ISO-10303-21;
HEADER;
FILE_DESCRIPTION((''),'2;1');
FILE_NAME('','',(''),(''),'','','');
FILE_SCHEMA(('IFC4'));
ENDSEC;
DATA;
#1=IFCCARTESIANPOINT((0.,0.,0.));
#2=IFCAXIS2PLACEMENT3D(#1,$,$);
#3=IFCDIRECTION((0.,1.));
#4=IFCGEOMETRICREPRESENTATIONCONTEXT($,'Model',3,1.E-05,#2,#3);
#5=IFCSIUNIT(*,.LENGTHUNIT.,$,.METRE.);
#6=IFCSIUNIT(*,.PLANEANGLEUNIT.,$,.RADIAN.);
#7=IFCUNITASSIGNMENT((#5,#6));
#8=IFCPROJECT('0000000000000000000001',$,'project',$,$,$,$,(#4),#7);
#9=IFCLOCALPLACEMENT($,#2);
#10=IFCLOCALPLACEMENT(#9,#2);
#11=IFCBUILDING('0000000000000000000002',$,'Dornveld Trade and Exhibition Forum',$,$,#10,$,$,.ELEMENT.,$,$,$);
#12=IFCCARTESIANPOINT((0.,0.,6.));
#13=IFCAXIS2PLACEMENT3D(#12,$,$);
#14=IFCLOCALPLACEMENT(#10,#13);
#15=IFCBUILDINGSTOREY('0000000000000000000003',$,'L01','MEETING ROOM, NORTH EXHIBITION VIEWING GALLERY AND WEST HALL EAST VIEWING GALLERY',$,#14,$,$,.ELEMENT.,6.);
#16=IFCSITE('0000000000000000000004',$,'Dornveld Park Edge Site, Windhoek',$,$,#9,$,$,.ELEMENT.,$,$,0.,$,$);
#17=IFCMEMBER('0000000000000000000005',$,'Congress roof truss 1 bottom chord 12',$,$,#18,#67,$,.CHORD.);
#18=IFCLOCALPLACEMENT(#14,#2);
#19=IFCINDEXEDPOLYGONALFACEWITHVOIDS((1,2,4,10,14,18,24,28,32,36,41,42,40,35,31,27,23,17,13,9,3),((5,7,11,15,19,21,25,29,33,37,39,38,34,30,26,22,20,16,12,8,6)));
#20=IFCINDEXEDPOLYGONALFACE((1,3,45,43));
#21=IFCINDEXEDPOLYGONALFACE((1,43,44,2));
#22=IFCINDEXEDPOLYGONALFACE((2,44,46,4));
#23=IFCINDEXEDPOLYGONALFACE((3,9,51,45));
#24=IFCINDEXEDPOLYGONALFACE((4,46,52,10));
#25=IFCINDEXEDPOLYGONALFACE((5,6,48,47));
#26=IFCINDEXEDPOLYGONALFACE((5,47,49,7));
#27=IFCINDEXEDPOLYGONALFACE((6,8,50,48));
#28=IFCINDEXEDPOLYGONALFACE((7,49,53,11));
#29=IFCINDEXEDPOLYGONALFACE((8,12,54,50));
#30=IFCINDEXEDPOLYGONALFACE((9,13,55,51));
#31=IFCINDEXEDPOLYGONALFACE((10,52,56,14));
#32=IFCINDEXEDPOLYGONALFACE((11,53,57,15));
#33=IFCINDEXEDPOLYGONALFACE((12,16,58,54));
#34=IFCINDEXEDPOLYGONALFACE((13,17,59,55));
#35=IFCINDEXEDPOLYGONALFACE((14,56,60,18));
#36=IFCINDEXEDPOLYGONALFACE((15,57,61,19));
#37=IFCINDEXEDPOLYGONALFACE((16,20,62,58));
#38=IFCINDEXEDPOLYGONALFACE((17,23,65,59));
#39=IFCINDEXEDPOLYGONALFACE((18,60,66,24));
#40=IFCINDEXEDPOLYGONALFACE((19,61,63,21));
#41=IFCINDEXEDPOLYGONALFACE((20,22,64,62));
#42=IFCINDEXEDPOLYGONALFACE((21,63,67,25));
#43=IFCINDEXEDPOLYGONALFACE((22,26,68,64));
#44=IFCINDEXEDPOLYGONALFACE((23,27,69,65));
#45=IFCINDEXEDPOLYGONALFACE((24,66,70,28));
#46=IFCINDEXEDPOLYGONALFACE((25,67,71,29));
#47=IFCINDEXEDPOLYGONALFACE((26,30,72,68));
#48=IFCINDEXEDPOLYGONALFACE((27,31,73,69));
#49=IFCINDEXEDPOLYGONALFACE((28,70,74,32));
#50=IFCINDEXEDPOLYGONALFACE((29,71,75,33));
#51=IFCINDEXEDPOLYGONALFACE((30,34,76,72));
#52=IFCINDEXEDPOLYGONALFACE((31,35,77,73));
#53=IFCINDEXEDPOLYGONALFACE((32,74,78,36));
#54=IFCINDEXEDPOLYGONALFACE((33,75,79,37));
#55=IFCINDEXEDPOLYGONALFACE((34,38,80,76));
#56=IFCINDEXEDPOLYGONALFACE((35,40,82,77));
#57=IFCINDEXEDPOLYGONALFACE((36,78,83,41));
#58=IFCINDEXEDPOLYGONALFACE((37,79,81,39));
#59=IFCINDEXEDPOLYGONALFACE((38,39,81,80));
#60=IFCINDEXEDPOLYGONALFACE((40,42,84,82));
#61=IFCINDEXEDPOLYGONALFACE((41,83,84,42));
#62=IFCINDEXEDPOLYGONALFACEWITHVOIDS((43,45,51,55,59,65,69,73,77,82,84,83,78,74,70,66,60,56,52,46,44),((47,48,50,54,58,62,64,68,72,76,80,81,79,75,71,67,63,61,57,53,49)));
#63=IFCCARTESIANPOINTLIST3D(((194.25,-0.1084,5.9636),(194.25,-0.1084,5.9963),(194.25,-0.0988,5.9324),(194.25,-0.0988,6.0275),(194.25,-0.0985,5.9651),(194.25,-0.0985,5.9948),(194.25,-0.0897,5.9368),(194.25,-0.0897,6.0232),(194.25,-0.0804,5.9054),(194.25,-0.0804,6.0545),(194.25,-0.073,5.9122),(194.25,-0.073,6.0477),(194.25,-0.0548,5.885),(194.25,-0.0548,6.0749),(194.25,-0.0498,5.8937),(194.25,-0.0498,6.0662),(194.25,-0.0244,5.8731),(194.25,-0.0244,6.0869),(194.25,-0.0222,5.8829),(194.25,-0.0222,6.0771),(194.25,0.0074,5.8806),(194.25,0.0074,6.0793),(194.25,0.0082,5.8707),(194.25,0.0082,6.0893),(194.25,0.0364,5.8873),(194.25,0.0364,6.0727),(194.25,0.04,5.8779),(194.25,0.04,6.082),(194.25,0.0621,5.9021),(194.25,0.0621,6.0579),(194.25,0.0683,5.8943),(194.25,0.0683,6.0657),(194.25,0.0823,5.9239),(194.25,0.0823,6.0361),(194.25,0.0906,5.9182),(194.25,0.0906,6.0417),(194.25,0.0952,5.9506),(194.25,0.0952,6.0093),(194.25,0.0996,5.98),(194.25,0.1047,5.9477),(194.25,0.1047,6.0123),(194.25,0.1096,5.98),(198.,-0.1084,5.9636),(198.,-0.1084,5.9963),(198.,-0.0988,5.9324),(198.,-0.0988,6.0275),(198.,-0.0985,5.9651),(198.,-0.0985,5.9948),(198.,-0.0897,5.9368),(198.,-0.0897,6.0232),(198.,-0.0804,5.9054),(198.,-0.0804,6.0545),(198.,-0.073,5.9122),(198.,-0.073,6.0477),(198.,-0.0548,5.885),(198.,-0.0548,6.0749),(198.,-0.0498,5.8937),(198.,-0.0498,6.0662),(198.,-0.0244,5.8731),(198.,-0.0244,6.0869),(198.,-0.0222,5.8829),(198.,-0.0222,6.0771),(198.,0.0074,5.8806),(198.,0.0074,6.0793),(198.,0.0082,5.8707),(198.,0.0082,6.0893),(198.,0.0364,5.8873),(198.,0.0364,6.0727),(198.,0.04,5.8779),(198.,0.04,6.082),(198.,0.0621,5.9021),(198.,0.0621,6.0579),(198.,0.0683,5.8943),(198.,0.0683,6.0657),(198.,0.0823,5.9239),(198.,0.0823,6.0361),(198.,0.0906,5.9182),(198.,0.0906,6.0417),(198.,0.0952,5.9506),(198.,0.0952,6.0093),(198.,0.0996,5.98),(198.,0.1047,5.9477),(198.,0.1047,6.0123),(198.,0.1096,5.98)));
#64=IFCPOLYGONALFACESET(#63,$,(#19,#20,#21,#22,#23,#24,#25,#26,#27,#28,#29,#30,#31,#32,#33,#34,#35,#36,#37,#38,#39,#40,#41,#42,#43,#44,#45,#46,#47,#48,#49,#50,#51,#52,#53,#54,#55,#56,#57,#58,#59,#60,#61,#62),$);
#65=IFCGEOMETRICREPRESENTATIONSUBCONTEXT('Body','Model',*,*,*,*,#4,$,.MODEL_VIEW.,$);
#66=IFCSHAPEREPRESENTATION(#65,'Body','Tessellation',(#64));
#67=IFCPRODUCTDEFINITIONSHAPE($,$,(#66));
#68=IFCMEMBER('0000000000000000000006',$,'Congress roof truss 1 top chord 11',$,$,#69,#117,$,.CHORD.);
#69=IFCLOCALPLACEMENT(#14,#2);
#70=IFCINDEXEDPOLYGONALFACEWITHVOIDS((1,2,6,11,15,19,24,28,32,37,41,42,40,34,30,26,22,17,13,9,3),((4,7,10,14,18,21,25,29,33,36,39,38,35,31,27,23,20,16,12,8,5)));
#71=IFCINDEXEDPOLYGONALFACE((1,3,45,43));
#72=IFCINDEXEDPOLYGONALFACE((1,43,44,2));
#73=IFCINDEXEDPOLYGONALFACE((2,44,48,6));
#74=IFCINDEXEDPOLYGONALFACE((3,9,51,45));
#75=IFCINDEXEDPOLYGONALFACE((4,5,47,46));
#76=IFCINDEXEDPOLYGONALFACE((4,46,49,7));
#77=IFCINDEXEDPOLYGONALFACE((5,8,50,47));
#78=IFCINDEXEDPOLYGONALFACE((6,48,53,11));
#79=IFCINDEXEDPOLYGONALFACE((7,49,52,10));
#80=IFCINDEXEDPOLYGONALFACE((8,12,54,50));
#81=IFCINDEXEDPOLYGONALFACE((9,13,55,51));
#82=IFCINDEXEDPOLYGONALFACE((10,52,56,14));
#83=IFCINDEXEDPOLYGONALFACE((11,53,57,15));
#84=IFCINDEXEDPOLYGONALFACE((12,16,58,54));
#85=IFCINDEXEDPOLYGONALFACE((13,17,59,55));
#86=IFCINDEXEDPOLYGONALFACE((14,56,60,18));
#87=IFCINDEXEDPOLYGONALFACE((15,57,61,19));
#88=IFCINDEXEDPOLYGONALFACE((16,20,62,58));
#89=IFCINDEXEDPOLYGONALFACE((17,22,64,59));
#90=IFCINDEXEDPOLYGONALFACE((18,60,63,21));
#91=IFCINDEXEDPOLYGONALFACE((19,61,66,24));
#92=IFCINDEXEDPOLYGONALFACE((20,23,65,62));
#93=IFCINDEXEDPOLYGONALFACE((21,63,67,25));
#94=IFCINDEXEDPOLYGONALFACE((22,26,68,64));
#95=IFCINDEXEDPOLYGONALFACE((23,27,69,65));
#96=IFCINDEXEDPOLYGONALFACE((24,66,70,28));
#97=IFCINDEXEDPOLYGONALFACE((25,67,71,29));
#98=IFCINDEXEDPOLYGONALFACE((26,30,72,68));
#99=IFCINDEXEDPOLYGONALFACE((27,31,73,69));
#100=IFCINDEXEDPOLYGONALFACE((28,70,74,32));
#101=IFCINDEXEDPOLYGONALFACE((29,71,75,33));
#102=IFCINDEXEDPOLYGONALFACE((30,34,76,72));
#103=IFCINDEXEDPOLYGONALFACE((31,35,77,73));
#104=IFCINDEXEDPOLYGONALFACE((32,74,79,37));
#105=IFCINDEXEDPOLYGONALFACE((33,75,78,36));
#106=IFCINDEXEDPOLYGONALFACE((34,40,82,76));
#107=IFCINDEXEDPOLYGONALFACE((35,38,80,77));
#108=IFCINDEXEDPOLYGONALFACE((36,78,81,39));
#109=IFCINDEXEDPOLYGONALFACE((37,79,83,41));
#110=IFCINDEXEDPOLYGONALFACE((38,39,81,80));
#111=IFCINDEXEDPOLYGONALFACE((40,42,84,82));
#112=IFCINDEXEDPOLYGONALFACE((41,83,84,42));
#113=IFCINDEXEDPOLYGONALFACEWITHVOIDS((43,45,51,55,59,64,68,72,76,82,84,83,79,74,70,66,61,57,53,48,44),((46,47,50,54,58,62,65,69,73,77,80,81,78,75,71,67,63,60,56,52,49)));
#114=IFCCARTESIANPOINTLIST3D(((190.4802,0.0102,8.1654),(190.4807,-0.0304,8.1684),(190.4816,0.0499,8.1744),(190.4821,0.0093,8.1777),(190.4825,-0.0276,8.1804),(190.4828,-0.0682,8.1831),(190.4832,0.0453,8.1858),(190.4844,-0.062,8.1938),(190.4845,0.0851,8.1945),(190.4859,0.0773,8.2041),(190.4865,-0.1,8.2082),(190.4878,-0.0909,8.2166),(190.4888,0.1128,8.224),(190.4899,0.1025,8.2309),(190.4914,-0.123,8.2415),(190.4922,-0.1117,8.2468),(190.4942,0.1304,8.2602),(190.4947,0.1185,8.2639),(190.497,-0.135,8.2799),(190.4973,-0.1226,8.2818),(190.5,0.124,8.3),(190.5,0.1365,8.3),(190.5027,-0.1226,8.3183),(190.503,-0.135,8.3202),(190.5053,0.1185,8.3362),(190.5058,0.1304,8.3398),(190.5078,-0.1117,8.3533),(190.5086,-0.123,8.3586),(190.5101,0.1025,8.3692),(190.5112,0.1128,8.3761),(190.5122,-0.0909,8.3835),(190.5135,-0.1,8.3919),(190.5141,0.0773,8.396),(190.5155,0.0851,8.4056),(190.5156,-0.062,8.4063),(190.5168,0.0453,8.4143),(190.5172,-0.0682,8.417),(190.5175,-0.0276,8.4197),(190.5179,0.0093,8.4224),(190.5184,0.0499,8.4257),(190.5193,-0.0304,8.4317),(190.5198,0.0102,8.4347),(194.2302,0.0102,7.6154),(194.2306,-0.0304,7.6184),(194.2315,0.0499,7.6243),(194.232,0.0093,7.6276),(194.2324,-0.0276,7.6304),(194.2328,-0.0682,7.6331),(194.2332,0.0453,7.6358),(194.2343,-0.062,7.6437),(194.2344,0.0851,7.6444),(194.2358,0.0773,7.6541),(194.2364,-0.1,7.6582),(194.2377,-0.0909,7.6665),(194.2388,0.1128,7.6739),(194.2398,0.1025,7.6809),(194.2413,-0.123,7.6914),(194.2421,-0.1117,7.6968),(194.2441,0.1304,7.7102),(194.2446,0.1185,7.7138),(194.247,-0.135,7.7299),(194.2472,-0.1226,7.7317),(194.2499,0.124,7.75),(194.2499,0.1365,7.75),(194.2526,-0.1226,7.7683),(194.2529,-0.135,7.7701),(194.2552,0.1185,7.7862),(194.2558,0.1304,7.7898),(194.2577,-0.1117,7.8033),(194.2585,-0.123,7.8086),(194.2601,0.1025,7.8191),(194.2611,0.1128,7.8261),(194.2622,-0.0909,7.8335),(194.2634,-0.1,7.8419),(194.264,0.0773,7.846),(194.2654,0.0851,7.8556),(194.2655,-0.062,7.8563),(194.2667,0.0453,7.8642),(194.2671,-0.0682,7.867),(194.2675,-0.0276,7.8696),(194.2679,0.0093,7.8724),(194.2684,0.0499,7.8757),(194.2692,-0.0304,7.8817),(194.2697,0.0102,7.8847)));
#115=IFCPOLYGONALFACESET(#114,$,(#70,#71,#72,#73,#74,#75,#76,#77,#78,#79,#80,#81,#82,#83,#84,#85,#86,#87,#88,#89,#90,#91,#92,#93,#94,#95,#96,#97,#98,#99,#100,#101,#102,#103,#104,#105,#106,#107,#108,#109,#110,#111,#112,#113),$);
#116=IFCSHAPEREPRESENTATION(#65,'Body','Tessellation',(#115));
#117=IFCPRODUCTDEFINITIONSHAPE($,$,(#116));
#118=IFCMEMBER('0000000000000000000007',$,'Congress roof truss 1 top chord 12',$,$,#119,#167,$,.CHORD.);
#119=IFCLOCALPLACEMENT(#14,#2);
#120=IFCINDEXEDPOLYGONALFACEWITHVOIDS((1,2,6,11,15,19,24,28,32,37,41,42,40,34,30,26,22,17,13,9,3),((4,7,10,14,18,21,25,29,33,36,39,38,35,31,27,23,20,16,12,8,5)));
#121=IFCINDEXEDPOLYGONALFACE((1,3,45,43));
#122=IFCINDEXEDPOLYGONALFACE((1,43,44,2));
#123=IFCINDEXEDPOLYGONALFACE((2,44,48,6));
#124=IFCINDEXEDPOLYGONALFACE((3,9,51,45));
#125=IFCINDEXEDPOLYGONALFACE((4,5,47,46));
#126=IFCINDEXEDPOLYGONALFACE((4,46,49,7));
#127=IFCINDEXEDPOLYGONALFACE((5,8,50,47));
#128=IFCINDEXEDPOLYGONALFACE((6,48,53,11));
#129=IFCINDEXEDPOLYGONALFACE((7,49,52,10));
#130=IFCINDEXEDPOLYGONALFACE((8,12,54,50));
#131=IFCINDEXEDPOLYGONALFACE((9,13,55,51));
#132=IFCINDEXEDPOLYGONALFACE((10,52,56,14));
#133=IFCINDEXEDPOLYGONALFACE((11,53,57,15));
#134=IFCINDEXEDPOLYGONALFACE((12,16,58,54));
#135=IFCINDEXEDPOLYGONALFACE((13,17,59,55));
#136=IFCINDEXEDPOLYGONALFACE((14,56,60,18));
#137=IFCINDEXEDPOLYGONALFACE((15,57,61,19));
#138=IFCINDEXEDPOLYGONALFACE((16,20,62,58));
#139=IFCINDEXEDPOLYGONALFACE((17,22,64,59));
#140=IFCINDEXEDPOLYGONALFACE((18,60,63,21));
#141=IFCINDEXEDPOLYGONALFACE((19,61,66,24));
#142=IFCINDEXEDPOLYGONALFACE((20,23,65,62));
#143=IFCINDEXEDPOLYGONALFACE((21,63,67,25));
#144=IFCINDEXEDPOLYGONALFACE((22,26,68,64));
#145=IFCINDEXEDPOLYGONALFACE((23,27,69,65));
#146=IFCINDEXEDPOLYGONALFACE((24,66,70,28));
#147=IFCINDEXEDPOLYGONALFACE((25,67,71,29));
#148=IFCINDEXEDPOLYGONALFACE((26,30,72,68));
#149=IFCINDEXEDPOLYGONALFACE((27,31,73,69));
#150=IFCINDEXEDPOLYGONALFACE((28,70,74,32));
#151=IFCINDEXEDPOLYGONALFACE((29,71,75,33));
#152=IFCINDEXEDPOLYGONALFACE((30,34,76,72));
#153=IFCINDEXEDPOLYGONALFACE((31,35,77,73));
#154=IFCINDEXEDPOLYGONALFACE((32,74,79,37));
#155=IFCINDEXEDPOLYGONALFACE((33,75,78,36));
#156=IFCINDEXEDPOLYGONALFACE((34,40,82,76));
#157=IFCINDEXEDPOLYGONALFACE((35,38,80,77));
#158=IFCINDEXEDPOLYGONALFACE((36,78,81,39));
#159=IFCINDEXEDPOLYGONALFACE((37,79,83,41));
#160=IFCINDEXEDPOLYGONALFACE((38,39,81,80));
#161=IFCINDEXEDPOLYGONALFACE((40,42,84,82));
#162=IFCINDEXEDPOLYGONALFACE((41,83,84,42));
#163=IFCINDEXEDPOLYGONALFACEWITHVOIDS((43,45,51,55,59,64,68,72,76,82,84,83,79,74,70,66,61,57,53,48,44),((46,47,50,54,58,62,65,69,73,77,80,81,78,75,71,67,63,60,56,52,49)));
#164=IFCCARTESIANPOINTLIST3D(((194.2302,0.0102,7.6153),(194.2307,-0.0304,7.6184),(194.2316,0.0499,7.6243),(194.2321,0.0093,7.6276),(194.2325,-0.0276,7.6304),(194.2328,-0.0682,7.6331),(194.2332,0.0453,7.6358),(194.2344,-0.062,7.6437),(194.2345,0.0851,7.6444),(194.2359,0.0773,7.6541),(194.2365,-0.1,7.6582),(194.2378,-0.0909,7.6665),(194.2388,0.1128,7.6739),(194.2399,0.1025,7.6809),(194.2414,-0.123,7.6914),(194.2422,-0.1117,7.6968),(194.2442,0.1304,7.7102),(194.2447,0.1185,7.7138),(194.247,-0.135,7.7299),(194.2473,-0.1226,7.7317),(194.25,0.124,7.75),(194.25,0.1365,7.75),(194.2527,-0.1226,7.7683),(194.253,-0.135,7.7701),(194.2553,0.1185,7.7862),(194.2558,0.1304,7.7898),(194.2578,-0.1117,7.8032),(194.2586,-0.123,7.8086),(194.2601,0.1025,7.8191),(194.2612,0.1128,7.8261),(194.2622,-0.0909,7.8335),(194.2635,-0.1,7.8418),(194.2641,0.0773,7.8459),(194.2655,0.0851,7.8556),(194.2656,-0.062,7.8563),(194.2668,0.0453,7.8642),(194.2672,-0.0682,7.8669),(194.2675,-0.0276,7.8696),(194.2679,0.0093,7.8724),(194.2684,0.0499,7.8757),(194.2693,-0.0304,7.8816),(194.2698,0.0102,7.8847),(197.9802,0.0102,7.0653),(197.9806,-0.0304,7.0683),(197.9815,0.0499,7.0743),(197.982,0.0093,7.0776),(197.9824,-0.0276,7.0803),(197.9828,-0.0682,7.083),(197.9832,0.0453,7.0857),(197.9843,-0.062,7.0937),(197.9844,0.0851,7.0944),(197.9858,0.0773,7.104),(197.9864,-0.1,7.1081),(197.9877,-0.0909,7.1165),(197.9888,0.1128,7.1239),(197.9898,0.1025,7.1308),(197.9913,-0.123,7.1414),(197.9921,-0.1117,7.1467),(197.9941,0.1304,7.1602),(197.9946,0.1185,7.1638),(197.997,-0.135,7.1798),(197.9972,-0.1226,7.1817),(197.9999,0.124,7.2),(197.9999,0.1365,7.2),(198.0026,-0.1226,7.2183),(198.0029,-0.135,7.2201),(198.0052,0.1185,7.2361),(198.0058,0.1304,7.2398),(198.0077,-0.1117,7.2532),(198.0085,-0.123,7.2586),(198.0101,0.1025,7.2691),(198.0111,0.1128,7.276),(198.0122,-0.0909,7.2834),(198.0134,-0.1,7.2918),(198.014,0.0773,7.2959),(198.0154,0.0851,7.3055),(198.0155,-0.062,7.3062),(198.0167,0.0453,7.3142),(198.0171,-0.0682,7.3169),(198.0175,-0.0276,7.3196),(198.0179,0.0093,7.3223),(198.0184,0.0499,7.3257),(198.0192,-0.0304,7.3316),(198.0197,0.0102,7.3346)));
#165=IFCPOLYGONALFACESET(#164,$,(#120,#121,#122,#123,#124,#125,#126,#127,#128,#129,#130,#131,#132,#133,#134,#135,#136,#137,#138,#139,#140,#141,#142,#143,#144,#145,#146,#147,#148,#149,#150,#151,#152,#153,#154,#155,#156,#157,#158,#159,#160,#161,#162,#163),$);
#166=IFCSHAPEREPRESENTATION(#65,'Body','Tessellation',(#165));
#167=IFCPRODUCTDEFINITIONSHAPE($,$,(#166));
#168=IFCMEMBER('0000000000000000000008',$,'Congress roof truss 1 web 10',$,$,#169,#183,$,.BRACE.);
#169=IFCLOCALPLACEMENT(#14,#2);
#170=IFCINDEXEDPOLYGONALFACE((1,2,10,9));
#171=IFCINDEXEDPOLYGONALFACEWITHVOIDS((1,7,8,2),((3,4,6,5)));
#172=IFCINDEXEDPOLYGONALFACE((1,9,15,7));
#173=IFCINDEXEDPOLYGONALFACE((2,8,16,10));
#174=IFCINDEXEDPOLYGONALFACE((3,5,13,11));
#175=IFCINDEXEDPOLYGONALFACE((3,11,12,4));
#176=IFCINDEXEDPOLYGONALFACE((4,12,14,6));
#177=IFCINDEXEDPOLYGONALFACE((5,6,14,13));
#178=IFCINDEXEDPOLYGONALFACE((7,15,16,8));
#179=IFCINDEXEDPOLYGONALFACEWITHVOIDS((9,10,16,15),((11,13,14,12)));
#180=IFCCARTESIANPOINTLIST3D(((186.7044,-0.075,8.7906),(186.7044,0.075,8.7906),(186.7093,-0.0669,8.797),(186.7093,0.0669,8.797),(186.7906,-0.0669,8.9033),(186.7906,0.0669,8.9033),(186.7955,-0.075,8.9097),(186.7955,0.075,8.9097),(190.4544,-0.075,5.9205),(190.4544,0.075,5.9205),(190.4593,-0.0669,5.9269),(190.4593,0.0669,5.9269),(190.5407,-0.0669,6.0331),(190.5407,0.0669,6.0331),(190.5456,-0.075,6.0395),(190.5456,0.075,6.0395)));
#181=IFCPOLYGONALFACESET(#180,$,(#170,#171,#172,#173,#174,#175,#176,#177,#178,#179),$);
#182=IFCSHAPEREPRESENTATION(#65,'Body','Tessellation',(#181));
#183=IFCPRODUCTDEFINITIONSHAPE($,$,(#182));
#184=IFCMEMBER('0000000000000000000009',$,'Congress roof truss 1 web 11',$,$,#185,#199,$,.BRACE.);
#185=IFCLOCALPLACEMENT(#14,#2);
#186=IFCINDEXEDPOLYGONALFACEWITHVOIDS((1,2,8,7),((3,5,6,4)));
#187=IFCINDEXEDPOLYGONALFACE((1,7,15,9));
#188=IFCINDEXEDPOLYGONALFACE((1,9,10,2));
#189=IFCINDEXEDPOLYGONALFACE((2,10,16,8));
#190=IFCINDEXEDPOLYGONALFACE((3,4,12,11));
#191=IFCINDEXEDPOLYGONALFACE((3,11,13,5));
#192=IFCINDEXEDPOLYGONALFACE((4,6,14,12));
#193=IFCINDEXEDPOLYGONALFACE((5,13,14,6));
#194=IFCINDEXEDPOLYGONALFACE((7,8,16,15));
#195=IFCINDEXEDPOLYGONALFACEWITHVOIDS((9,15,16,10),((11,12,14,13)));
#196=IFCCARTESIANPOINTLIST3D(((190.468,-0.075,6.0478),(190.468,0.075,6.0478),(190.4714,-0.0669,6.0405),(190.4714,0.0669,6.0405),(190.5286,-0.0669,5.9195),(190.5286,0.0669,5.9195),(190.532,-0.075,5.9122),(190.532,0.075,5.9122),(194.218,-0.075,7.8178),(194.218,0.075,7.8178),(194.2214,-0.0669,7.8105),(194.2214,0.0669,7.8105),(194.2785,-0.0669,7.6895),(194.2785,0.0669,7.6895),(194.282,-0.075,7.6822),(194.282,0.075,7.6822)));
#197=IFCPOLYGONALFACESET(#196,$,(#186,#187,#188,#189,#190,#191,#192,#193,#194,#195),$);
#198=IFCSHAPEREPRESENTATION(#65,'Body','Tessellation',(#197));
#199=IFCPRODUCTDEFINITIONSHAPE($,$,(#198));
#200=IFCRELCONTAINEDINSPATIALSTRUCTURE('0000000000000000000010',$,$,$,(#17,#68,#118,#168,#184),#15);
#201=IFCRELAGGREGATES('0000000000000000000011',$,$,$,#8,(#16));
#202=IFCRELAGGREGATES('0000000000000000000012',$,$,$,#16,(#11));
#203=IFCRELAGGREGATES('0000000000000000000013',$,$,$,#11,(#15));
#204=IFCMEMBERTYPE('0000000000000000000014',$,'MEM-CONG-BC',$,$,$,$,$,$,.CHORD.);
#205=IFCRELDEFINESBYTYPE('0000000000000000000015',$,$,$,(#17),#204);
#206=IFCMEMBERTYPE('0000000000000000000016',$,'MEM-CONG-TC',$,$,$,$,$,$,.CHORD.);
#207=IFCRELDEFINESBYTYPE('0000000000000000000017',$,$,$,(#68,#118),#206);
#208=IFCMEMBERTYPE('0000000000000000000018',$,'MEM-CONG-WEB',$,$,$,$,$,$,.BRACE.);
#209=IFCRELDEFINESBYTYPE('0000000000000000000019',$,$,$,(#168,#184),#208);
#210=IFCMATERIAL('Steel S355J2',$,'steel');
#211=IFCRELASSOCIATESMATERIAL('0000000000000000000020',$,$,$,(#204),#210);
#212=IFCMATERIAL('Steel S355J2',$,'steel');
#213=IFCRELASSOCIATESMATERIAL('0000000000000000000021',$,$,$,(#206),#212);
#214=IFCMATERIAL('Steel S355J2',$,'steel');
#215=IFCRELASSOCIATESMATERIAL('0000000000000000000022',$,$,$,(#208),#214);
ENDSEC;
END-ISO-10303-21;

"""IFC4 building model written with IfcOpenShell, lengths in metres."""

from ifc_helpers import new_model, si_unit, direction, frame, origin, origin_2d, place, context, subcontext, project, spatial, hollow_rectangle, hollow_circle, extrude, material, material_profile, profile_set, type_object, element, save


model = new_model("IFC4")

# Units and contexts
model_context = context("Model", 3, precision=1e-05, world=origin(), true_north=direction((0.0, 1.0)))
body_context = subcontext(model_context, "Body", "Model", "MODEL_VIEW")
ifc_project = project(units=[si_unit("LENGTHUNIT", "METRE"), si_unit("PLANEANGLEUNIT", "RADIAN")], contexts=[model_context])

# Site, building, storey
site_placement = place(None, origin())
site = spatial("IfcSite", under=ifc_project, at=site_placement, Name="Dornveld Park Edge Site, Windhoek", CompositionType="ELEMENT", RefElevation=0.0)
building_placement = place(site_placement, origin())
building = spatial("IfcBuilding", under=site, at=building_placement, Name="Dornveld Trade and Exhibition Forum", CompositionType="ELEMENT")
storey_placement = place(building_placement, frame((0.0, 0.0, 6.0)))
storey = spatial("IfcBuildingStorey", under=building, at=storey_placement, Name="L01", Description="MEETING ROOM, NORTH EXHIBITION VIEWING GALLERY AND WEST HALL EAST VIEWING GALLERY", CompositionType="ELEMENT", Elevation=6.0)

# Members
ifc_material_1 = material(Name="Steel S355J2", Category="steel")
ifc_material_profile_1 = material_profile(ifc_material_1, hollow_circle(Radius=0.1096, WallThickness=0.01, at=origin_2d()), Name="CHS 219.1x10")
ifc_profile_set_1 = profile_set([ifc_material_profile_1], Name="Steel S355J2")
member_type_1 = type_object("IfcMemberType", Name="MEM-CONG-BC", PredefinedType="CHORD", material=ifc_profile_set_1)
for number, where, z_axis, x_axis, name in (
    (1, (194.25, 0.0, 5.98), (1.0, 0.0, 0.0), (0.0, 1.0, 0.0), "Congress roof truss 1 bottom chord 12"),
):
    element("IfcMember", number, at=place(storey_placement, frame(where, z_axis=z_axis, x_axis=x_axis)), inside=storey, type_object=member_type_1, Name=name, PredefinedType="CHORD", context=body_context, shape_type="SweptSolid", body=[
        extrude(hollow_circle(Radius=0.1096, WallThickness=0.01, at=origin_2d()), origin(), (0.0, 0.0, 1.0), 3.75),
    ])
ifc_material_2 = material(Name="Steel S355J2", Category="steel")
ifc_material_profile_2 = material_profile(ifc_material_2, hollow_circle(Radius=0.1365, WallThickness=0.0125, at=origin_2d()), Name="CHS 273x12.5")
ifc_profile_set_2 = profile_set([ifc_material_profile_2], Name="Steel S355J2")
member_type_2 = type_object("IfcMemberType", Name="MEM-CONG-TC", PredefinedType="CHORD", material=ifc_profile_set_2)
for number, where, z_axis, x_axis, name in (
    (2, (190.5, 0.0, 8.3), (0.989413, 0.0, -0.145127), (0.0, 1.0, 0.0), "Congress roof truss 1 top chord 11"),
    (3, (194.25, 0.0, 7.75), (0.989413, 0.0, -0.145127), (0.0, 1.0, 0.0), "Congress roof truss 1 top chord 12"),
):
    element("IfcMember", number, at=place(storey_placement, frame(where, z_axis=z_axis, x_axis=x_axis)), inside=storey, type_object=member_type_2, Name=name, PredefinedType="CHORD", context=body_context, shape_type="SweptSolid", body=[
        extrude(hollow_circle(Radius=0.1365, WallThickness=0.0125, at=origin_2d()), origin(), (0.0, 0.0, 1.0), 3.79),
    ])
ifc_material_3 = material(Name="Steel S355J2", Category="steel")
ifc_material_profile_3 = material_profile(ifc_material_3, hollow_rectangle(XDim=0.1499, YDim=0.1499, WallThickness=0.0081, at=origin_2d()), Name="SHS 150x150x8")
ifc_profile_set_3 = profile_set([ifc_material_profile_3], Name="Steel S355J2")
member_type_3 = type_object("IfcMemberType", Name="MEM-CONG-WEB", PredefinedType="BRACE", material=ifc_profile_set_3)
member_1_placement = place(storey_placement, frame((190.5, 0.0, 5.98), z_axis=(-0.794105, 0.0, 0.60778), x_axis=(0.0, -1.0, 0.0)))
element("IfcMember", 4, at=member_1_placement, inside=storey, type_object=member_type_3, Name="Congress roof truss 1 web 10", PredefinedType="BRACE", context=body_context, shape_type="SweptSolid", body=[
    extrude(hollow_rectangle(XDim=0.1499, YDim=0.1499, WallThickness=0.0081, at=origin_2d()), origin(), (0.0, 0.0, 1.0), 4.7224),
])
member_2_placement = place(storey_placement, frame((190.5, 0.0, 5.98), z_axis=(0.904324, 0.0, 0.426846), x_axis=(0.0, 1.0, 0.0)))
element("IfcMember", 5, at=member_2_placement, inside=storey, type_object=member_type_3, Name="Congress roof truss 1 web 11", PredefinedType="BRACE", context=body_context, shape_type="SweptSolid", body=[
    extrude(hollow_rectangle(XDim=0.1499, YDim=0.1499, WallThickness=0.0081, at=origin_2d()), origin(), (0.0, 0.0, 1.0), 4.1467),
])

save(model, "model.ifc")
